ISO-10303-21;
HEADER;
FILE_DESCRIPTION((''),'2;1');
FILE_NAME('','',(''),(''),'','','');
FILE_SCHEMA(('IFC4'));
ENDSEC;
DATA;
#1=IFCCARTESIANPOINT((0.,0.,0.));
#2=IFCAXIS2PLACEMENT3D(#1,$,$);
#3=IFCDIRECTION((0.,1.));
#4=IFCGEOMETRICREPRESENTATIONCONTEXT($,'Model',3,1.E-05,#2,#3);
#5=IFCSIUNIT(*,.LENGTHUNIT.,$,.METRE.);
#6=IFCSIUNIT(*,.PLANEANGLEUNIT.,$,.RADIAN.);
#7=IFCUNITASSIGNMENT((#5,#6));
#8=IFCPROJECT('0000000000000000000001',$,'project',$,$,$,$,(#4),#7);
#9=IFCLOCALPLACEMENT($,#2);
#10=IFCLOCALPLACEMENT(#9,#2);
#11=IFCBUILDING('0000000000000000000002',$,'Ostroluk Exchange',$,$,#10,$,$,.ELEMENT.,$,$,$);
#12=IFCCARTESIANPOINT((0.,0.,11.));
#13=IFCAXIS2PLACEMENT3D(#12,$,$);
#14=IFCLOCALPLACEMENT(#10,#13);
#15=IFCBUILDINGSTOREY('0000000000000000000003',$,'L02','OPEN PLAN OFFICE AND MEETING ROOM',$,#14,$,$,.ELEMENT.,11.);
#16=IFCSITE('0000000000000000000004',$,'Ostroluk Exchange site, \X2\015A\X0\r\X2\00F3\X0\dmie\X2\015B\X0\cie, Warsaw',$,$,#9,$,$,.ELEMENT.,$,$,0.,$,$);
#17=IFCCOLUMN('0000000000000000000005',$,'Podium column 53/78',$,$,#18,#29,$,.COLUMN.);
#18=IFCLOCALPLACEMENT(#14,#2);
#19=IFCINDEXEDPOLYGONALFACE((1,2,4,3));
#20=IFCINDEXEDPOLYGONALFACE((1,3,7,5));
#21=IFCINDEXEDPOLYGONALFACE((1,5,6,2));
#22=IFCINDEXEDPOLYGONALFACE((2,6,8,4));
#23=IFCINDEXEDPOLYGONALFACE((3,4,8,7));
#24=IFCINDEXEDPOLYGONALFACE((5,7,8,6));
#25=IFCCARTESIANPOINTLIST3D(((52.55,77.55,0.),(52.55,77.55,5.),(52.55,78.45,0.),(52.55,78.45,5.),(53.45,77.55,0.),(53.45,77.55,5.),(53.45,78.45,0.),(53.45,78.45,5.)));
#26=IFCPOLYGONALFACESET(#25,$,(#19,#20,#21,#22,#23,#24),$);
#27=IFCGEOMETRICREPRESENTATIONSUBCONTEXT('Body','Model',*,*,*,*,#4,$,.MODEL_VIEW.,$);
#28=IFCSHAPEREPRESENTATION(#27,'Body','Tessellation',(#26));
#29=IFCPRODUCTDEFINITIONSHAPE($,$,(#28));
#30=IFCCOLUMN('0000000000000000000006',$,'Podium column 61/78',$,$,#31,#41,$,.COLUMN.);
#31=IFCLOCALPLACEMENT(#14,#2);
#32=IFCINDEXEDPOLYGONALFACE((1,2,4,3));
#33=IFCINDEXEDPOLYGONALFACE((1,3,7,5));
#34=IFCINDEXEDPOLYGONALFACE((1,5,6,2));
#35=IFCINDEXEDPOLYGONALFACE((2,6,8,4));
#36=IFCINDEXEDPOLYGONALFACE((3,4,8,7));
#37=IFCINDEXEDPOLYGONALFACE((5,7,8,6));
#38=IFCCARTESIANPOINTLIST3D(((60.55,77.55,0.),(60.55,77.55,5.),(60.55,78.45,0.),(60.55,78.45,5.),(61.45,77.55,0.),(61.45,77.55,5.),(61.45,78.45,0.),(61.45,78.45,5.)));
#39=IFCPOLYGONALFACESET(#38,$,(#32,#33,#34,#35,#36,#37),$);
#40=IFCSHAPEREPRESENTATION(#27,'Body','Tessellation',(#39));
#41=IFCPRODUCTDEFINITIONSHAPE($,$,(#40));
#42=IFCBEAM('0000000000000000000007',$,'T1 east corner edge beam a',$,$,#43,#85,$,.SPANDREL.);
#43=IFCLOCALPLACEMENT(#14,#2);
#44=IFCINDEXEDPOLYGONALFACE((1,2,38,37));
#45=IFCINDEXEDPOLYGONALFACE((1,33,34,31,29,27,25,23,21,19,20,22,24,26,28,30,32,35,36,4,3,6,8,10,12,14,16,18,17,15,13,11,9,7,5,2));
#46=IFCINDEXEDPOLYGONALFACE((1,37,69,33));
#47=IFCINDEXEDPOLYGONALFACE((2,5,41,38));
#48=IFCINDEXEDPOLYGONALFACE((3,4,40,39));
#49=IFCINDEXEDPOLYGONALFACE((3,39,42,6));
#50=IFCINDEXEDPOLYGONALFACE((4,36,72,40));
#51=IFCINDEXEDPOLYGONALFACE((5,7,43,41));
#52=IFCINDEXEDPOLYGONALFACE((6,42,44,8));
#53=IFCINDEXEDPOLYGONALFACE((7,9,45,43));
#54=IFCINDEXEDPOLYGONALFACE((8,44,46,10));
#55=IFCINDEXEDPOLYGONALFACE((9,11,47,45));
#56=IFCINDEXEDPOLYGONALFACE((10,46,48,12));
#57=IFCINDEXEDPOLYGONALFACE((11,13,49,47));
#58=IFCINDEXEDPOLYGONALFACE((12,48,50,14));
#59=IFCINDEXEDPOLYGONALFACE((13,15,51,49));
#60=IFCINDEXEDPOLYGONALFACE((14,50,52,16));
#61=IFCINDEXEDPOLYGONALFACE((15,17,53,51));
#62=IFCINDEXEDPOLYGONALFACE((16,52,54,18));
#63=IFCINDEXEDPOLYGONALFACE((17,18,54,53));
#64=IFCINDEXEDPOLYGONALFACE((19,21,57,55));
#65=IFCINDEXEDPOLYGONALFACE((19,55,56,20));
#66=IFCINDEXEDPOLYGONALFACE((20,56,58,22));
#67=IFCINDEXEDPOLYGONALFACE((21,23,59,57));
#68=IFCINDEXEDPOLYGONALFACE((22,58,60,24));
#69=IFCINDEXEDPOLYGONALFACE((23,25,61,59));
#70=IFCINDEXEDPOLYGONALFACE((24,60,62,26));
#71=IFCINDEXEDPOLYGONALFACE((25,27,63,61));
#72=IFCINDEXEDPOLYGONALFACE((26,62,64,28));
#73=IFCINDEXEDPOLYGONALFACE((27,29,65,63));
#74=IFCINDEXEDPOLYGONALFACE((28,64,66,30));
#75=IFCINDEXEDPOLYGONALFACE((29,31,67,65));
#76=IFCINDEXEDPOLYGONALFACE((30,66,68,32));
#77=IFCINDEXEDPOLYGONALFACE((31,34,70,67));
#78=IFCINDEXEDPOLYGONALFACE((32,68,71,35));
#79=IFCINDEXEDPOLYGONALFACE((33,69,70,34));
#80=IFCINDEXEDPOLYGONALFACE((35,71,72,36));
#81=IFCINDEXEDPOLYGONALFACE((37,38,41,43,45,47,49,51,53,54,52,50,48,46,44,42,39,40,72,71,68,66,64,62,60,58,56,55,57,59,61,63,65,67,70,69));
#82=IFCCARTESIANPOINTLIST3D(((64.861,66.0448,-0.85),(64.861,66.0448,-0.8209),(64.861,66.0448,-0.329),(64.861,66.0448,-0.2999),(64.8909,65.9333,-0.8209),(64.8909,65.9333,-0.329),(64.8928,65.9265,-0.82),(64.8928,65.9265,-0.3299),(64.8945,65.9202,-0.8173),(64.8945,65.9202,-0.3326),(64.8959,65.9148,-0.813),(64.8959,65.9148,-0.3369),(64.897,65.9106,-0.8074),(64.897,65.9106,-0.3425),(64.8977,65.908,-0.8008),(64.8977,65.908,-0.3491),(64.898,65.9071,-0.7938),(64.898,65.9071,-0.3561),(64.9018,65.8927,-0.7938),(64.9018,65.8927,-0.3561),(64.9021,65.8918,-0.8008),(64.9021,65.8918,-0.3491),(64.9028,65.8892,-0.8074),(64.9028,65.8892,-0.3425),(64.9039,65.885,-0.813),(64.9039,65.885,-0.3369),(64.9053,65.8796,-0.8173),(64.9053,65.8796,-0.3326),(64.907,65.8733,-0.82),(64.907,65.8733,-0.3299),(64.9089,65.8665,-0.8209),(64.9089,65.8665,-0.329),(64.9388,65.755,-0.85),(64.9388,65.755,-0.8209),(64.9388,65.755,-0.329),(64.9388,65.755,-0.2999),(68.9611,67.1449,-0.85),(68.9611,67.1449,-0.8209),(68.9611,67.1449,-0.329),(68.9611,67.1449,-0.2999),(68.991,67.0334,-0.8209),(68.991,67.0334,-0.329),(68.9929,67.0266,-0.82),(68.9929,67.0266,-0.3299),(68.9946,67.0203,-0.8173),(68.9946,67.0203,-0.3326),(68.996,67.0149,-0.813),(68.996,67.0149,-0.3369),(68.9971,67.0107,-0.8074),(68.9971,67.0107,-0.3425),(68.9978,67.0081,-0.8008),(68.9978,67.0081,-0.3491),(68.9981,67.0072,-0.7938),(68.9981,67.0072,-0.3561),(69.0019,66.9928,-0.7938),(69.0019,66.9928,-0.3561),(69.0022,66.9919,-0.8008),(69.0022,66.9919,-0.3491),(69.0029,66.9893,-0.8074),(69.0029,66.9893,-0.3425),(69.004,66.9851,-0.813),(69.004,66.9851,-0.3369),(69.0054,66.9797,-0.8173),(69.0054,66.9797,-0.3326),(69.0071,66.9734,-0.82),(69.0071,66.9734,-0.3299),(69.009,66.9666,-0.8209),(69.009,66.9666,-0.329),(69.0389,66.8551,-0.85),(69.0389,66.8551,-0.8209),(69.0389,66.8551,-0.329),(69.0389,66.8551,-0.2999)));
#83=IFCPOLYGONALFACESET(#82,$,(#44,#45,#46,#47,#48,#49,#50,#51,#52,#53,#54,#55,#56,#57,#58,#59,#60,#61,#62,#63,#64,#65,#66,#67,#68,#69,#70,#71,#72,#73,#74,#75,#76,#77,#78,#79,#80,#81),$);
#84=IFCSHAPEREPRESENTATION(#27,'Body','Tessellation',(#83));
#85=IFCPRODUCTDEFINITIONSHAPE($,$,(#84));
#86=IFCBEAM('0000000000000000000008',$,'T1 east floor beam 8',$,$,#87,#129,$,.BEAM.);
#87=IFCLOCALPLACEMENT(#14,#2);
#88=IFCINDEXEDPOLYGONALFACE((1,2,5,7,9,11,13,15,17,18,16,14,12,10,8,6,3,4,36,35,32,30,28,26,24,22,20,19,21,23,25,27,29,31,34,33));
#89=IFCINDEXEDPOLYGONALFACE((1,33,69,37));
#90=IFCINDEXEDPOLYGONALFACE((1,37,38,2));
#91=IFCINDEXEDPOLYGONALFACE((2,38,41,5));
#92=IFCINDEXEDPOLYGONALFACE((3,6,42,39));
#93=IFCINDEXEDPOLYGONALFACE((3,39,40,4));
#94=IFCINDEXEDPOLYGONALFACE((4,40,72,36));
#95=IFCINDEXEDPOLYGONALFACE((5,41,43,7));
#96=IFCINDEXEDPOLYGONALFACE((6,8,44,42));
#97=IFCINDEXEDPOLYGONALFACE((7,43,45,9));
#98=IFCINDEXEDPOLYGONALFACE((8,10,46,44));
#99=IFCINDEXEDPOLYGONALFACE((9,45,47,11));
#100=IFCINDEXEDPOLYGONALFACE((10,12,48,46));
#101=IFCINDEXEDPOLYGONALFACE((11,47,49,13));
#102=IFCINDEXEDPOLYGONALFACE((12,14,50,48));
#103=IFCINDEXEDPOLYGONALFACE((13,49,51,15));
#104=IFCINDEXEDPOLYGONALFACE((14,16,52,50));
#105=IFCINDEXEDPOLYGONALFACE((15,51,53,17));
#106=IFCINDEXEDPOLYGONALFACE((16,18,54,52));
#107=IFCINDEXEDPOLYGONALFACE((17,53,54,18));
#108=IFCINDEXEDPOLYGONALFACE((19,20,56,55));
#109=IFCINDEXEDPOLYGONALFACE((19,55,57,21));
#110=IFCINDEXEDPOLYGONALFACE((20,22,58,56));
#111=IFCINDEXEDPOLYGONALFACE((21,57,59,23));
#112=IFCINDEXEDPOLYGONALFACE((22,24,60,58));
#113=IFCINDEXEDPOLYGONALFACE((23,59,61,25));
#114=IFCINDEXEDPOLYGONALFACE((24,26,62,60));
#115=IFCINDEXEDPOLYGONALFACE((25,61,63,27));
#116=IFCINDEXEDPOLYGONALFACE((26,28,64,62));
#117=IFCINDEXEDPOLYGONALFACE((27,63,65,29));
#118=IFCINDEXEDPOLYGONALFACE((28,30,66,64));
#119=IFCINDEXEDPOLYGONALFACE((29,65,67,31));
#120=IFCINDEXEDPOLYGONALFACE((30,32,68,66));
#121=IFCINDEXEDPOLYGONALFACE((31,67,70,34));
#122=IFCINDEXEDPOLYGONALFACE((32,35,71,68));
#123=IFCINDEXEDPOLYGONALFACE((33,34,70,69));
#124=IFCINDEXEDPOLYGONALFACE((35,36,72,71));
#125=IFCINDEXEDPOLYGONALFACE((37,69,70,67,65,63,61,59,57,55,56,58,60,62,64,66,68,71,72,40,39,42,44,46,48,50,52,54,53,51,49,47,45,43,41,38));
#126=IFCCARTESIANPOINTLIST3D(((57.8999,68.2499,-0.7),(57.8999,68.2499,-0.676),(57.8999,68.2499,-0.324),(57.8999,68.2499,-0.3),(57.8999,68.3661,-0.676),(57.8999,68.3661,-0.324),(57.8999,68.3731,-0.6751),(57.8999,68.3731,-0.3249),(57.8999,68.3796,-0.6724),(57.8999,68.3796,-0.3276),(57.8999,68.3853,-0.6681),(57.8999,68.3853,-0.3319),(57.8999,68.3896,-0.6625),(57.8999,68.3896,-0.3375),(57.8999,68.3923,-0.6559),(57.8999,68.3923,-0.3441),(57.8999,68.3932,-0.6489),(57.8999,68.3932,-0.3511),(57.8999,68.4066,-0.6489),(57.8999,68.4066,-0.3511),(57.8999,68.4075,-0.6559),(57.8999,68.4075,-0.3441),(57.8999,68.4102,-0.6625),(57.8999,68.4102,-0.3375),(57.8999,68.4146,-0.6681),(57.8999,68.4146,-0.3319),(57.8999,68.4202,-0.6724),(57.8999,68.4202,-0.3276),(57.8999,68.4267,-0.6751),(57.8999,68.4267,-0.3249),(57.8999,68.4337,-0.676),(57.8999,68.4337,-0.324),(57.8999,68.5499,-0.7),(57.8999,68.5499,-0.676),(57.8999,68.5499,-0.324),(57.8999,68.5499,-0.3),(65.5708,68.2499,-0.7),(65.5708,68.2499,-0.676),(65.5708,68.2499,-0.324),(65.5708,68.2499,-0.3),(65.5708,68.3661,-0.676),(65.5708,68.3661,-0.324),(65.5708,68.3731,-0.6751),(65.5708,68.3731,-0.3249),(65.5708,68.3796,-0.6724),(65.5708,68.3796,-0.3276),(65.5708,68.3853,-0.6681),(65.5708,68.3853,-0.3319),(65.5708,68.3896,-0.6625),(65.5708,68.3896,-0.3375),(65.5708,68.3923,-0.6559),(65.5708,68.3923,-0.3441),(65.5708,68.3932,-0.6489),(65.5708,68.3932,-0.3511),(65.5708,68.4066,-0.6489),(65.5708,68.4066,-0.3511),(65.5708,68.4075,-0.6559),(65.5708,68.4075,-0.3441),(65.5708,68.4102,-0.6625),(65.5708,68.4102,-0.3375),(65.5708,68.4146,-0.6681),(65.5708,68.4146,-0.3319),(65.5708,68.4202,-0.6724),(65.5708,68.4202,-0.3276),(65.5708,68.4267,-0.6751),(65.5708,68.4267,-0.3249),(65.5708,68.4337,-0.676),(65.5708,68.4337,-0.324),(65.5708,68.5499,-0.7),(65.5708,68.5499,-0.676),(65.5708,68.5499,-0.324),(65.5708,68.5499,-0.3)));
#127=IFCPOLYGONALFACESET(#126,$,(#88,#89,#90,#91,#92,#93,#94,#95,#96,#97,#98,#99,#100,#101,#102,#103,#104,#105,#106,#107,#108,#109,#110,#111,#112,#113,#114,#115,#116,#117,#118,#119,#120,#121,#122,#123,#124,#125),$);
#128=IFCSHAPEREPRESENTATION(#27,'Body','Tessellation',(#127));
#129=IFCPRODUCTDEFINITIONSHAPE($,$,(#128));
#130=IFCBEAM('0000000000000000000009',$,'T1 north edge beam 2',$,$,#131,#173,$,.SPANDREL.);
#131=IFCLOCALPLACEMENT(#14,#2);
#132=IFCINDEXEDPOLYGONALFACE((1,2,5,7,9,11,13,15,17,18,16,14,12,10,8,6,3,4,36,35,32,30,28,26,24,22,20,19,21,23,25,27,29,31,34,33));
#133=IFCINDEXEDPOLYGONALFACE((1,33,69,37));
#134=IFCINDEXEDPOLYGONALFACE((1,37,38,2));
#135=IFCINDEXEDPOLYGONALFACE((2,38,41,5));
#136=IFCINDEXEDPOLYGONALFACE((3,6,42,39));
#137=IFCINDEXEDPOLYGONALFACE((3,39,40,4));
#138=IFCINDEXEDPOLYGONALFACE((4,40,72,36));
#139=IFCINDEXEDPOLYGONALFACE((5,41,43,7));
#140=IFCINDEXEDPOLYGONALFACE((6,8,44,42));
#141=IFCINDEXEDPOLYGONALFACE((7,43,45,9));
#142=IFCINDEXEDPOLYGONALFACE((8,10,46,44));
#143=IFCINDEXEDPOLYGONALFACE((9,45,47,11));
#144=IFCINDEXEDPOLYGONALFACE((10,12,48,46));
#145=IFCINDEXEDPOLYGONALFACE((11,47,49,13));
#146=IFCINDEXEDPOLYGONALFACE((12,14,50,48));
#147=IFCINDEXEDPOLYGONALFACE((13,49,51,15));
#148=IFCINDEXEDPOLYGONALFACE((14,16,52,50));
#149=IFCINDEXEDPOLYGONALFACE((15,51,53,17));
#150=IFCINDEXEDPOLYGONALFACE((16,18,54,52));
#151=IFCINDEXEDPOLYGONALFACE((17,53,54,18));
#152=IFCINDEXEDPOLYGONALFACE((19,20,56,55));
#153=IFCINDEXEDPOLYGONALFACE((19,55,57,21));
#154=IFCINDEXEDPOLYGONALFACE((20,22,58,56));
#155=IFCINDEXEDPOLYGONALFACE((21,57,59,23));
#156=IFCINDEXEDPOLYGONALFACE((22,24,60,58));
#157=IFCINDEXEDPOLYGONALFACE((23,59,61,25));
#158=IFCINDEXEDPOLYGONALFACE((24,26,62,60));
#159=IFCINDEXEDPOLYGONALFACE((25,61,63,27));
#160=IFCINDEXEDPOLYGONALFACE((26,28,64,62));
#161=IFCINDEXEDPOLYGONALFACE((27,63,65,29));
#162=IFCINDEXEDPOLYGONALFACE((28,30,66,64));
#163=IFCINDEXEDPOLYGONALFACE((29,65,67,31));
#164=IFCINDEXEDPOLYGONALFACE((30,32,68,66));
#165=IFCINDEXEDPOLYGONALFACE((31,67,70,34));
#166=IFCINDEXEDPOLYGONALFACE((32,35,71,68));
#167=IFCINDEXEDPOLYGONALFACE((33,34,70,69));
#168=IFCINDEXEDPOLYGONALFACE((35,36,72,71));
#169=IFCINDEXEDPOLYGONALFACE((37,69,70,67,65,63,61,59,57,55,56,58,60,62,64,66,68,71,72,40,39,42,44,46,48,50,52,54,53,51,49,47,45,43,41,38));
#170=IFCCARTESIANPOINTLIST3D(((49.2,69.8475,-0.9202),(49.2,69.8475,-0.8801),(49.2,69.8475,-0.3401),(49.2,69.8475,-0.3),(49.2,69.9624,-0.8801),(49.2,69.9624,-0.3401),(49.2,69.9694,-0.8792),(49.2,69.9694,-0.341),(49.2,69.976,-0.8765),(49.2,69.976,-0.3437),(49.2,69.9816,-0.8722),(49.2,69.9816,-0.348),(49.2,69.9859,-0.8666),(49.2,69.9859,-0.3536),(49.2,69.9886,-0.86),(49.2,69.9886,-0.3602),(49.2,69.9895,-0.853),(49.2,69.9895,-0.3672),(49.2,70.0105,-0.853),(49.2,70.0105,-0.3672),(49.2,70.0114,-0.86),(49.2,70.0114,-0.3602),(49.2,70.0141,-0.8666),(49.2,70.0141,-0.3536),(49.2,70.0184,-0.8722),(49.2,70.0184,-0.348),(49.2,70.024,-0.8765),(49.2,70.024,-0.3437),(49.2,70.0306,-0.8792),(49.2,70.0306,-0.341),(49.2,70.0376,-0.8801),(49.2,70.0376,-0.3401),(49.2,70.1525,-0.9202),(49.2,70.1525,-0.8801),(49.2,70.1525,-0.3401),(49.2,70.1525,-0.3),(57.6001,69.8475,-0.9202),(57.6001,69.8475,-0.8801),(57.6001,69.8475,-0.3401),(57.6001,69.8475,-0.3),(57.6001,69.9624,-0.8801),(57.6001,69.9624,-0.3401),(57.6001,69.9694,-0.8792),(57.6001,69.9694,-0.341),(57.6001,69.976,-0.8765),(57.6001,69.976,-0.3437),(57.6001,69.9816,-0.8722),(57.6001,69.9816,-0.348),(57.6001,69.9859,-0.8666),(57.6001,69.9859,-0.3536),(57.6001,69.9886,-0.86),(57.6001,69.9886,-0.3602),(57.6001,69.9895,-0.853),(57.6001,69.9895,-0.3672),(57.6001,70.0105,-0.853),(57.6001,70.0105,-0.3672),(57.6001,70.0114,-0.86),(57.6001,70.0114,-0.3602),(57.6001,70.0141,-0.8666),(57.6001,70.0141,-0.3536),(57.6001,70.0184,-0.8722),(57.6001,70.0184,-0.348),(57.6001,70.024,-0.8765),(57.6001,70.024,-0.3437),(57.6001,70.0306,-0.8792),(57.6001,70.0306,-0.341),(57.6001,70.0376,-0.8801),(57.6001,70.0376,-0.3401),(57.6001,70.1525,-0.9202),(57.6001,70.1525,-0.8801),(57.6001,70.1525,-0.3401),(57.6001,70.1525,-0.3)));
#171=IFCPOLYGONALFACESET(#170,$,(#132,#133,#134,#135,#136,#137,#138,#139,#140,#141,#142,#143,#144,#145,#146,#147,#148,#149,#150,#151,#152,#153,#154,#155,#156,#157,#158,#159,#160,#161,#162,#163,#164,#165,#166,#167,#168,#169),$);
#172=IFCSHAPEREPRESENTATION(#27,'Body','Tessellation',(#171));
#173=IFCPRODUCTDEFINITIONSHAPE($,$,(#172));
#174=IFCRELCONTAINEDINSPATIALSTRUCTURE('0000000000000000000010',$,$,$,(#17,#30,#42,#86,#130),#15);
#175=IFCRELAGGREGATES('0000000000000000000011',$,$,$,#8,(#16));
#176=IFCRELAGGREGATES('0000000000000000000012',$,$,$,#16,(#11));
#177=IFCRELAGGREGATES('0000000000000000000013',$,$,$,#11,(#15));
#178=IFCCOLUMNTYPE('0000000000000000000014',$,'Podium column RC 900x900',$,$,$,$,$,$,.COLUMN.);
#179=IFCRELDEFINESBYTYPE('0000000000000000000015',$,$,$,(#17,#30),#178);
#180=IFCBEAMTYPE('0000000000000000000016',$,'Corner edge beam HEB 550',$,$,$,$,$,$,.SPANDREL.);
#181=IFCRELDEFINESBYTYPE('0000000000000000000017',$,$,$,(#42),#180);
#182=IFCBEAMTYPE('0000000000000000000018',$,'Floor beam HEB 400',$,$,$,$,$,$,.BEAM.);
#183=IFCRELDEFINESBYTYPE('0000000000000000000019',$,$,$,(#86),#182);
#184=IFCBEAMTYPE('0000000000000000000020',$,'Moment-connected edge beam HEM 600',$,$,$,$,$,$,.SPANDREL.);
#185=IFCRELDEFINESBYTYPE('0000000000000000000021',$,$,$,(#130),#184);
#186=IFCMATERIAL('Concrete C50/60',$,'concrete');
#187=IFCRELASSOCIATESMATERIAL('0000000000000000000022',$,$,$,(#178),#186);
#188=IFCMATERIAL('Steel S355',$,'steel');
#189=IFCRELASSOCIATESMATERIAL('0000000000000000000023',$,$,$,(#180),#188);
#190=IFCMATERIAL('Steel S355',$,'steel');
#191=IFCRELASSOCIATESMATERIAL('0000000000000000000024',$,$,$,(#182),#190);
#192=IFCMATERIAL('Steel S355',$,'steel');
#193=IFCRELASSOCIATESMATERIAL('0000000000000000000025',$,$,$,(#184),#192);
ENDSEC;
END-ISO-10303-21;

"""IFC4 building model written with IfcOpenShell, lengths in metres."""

from ifc_helpers import new_model, si_unit, direction, frame, origin, origin_2d, place, context, subcontext, project, spatial, rectangle, i_section, extrude, material, material_profile, profile_set, type_object, element, save


model = new_model("IFC4")

# Units and contexts
model_context = context("Model", 3, precision=1e-05, world=origin(), true_north=direction((0.0, 1.0)))
body_context = subcontext(model_context, "Body", "Model", "MODEL_VIEW")
ifc_project = project(units=[si_unit("LENGTHUNIT", "METRE"), si_unit("PLANEANGLEUNIT", "RADIAN")], contexts=[model_context])

# Site, building, storey
site_placement = place(None, origin())
site = spatial("IfcSite", under=ifc_project, at=site_placement, Name="Ostroluk Exchange site, Śródmieście, Warsaw", CompositionType="ELEMENT", RefElevation=0.0)
building_placement = place(site_placement, origin())
building = spatial("IfcBuilding", under=site, at=building_placement, Name="Ostroluk Exchange", CompositionType="ELEMENT")
storey_placement = place(building_placement, frame((0.0, 0.0, 11.0)))
storey = spatial("IfcBuildingStorey", under=building, at=storey_placement, Name="L02", Description="OPEN PLAN OFFICE AND MEETING ROOM", CompositionType="ELEMENT", Elevation=11.0)

# Columns
ifc_material_1 = material(Name="Concrete C50/60", Category="concrete")
ifc_material_profile_1 = material_profile(ifc_material_1, rectangle(XDim=0.8999, YDim=0.8999, at=origin_2d()), Name="RC 900x900")
ifc_profile_set_1 = profile_set([ifc_material_profile_1], Name="Concrete C50/60")
column_type_1 = type_object("IfcColumnType", Name="Podium column RC 900x900", PredefinedType="COLUMN", material=ifc_profile_set_1)
for number, where, z_axis, x_axis, name in (
    (1, (53.0, 78.0, 0.0), (0.0, 0.0, 1.0), (1.0, 0.0, 0.0), "Podium column 53/78"),
    (2, (61.0, 78.0, 0.0), (0.0, 0.0, 1.0), (1.0, 0.0, 0.0), "Podium column 61/78"),
):
    element("IfcColumn", number, at=place(storey_placement, frame(where, z_axis=z_axis, x_axis=x_axis)), inside=storey, type_object=column_type_1, Name=name, PredefinedType="COLUMN", context=body_context, shape_type="SweptSolid", body=[
        extrude(rectangle(XDim=0.8999, YDim=0.8999, at=origin_2d()), origin(), (0.0, 0.0, 1.0), 5.0),
    ])

# Beams
ifc_material_2 = material(Name="Steel S355", Category="steel")
ifc_material_profile_2 = material_profile(ifc_material_2, i_section(OverallWidth=0.3, OverallDepth=0.55, WebThickness=0.0149, FlangeThickness=0.0291, FilletRadius=0.0271, at=origin_2d()), Name="HEB 550")
ifc_profile_set_2 = profile_set([ifc_material_profile_2], Name="Steel S355")
beam_type_1 = type_object("IfcBeamType", Name="Corner edge beam HEB 550", PredefinedType="SPANDREL", material=ifc_profile_set_2)
beam_1_placement = place(storey_placement, frame((64.8999, 65.8999, -0.575), z_axis=(0.965839, 0.259144, 0.0), x_axis=(-0.259144, 0.965839, 0.0)))
element("IfcBeam", 3, at=beam_1_placement, inside=storey, type_object=beam_type_1, Name="T1 east corner edge beam a", PredefinedType="SPANDREL", context=body_context, shape_type="SweptSolid", body=[
    extrude(i_section(OverallWidth=0.3, OverallDepth=0.55, WebThickness=0.0149, FlangeThickness=0.0291, FilletRadius=0.0271, at=origin_2d()), origin(), (0.0, 0.0, 1.0), 4.2451),
])
ifc_material_3 = material(Name="Steel S355", Category="steel")
ifc_material_profile_3 = material_profile(ifc_material_3, i_section(OverallWidth=0.3, OverallDepth=0.3999, WebThickness=0.0134, FlangeThickness=0.0239, FilletRadius=0.0271, at=origin_2d()), Name="HEB 400")
ifc_profile_set_3 = profile_set([ifc_material_profile_3], Name="Steel S355")
beam_type_2 = type_object("IfcBeamType", Name="Floor beam HEB 400", PredefinedType="BEAM", material=ifc_profile_set_3)
beam_2_placement = place(storey_placement, frame((57.8999, 68.3999, -0.5), z_axis=(1.0, 0.0, 0.0), x_axis=(0.0, 1.0, 0.0)))
element("IfcBeam", 4, at=beam_2_placement, inside=storey, type_object=beam_type_2, Name="T1 east floor beam 8", PredefinedType="BEAM", context=body_context, shape_type="SweptSolid", body=[
    extrude(i_section(OverallWidth=0.3, OverallDepth=0.3999, WebThickness=0.0134, FlangeThickness=0.0239, FilletRadius=0.0271, at=origin_2d()), origin(), (0.0, 0.0, 1.0), 7.6709),
])
ifc_material_4 = material(Name="Steel S355", Category="steel")
ifc_material_profile_4 = material_profile(ifc_material_4, i_section(OverallWidth=0.3049, OverallDepth=0.6201, WebThickness=0.021, FlangeThickness=0.04, FilletRadius=0.0271, at=origin_2d()), Name="HEM 600")
ifc_profile_set_4 = profile_set([ifc_material_profile_4], Name="Steel S355")
beam_type_3 = type_object("IfcBeamType", Name="Moment-connected edge beam HEM 600", PredefinedType="SPANDREL", material=ifc_profile_set_4)
beam_3_placement = place(storey_placement, frame((57.6001, 70.0, -0.6101), z_axis=(-1.0, 0.0, 0.0), x_axis=(0.0, -1.0, 0.0)))
element("IfcBeam", 5, at=beam_3_placement, inside=storey, type_object=beam_type_3, Name="T1 north edge beam 2", PredefinedType="SPANDREL", context=body_context, shape_type="SweptSolid", body=[
    extrude(i_section(OverallWidth=0.3049, OverallDepth=0.6201, WebThickness=0.021, FlangeThickness=0.04, FilletRadius=0.0271, at=origin_2d()), origin(), (0.0, 0.0, 1.0), 8.4001),
])

save(model, "model.ifc")
